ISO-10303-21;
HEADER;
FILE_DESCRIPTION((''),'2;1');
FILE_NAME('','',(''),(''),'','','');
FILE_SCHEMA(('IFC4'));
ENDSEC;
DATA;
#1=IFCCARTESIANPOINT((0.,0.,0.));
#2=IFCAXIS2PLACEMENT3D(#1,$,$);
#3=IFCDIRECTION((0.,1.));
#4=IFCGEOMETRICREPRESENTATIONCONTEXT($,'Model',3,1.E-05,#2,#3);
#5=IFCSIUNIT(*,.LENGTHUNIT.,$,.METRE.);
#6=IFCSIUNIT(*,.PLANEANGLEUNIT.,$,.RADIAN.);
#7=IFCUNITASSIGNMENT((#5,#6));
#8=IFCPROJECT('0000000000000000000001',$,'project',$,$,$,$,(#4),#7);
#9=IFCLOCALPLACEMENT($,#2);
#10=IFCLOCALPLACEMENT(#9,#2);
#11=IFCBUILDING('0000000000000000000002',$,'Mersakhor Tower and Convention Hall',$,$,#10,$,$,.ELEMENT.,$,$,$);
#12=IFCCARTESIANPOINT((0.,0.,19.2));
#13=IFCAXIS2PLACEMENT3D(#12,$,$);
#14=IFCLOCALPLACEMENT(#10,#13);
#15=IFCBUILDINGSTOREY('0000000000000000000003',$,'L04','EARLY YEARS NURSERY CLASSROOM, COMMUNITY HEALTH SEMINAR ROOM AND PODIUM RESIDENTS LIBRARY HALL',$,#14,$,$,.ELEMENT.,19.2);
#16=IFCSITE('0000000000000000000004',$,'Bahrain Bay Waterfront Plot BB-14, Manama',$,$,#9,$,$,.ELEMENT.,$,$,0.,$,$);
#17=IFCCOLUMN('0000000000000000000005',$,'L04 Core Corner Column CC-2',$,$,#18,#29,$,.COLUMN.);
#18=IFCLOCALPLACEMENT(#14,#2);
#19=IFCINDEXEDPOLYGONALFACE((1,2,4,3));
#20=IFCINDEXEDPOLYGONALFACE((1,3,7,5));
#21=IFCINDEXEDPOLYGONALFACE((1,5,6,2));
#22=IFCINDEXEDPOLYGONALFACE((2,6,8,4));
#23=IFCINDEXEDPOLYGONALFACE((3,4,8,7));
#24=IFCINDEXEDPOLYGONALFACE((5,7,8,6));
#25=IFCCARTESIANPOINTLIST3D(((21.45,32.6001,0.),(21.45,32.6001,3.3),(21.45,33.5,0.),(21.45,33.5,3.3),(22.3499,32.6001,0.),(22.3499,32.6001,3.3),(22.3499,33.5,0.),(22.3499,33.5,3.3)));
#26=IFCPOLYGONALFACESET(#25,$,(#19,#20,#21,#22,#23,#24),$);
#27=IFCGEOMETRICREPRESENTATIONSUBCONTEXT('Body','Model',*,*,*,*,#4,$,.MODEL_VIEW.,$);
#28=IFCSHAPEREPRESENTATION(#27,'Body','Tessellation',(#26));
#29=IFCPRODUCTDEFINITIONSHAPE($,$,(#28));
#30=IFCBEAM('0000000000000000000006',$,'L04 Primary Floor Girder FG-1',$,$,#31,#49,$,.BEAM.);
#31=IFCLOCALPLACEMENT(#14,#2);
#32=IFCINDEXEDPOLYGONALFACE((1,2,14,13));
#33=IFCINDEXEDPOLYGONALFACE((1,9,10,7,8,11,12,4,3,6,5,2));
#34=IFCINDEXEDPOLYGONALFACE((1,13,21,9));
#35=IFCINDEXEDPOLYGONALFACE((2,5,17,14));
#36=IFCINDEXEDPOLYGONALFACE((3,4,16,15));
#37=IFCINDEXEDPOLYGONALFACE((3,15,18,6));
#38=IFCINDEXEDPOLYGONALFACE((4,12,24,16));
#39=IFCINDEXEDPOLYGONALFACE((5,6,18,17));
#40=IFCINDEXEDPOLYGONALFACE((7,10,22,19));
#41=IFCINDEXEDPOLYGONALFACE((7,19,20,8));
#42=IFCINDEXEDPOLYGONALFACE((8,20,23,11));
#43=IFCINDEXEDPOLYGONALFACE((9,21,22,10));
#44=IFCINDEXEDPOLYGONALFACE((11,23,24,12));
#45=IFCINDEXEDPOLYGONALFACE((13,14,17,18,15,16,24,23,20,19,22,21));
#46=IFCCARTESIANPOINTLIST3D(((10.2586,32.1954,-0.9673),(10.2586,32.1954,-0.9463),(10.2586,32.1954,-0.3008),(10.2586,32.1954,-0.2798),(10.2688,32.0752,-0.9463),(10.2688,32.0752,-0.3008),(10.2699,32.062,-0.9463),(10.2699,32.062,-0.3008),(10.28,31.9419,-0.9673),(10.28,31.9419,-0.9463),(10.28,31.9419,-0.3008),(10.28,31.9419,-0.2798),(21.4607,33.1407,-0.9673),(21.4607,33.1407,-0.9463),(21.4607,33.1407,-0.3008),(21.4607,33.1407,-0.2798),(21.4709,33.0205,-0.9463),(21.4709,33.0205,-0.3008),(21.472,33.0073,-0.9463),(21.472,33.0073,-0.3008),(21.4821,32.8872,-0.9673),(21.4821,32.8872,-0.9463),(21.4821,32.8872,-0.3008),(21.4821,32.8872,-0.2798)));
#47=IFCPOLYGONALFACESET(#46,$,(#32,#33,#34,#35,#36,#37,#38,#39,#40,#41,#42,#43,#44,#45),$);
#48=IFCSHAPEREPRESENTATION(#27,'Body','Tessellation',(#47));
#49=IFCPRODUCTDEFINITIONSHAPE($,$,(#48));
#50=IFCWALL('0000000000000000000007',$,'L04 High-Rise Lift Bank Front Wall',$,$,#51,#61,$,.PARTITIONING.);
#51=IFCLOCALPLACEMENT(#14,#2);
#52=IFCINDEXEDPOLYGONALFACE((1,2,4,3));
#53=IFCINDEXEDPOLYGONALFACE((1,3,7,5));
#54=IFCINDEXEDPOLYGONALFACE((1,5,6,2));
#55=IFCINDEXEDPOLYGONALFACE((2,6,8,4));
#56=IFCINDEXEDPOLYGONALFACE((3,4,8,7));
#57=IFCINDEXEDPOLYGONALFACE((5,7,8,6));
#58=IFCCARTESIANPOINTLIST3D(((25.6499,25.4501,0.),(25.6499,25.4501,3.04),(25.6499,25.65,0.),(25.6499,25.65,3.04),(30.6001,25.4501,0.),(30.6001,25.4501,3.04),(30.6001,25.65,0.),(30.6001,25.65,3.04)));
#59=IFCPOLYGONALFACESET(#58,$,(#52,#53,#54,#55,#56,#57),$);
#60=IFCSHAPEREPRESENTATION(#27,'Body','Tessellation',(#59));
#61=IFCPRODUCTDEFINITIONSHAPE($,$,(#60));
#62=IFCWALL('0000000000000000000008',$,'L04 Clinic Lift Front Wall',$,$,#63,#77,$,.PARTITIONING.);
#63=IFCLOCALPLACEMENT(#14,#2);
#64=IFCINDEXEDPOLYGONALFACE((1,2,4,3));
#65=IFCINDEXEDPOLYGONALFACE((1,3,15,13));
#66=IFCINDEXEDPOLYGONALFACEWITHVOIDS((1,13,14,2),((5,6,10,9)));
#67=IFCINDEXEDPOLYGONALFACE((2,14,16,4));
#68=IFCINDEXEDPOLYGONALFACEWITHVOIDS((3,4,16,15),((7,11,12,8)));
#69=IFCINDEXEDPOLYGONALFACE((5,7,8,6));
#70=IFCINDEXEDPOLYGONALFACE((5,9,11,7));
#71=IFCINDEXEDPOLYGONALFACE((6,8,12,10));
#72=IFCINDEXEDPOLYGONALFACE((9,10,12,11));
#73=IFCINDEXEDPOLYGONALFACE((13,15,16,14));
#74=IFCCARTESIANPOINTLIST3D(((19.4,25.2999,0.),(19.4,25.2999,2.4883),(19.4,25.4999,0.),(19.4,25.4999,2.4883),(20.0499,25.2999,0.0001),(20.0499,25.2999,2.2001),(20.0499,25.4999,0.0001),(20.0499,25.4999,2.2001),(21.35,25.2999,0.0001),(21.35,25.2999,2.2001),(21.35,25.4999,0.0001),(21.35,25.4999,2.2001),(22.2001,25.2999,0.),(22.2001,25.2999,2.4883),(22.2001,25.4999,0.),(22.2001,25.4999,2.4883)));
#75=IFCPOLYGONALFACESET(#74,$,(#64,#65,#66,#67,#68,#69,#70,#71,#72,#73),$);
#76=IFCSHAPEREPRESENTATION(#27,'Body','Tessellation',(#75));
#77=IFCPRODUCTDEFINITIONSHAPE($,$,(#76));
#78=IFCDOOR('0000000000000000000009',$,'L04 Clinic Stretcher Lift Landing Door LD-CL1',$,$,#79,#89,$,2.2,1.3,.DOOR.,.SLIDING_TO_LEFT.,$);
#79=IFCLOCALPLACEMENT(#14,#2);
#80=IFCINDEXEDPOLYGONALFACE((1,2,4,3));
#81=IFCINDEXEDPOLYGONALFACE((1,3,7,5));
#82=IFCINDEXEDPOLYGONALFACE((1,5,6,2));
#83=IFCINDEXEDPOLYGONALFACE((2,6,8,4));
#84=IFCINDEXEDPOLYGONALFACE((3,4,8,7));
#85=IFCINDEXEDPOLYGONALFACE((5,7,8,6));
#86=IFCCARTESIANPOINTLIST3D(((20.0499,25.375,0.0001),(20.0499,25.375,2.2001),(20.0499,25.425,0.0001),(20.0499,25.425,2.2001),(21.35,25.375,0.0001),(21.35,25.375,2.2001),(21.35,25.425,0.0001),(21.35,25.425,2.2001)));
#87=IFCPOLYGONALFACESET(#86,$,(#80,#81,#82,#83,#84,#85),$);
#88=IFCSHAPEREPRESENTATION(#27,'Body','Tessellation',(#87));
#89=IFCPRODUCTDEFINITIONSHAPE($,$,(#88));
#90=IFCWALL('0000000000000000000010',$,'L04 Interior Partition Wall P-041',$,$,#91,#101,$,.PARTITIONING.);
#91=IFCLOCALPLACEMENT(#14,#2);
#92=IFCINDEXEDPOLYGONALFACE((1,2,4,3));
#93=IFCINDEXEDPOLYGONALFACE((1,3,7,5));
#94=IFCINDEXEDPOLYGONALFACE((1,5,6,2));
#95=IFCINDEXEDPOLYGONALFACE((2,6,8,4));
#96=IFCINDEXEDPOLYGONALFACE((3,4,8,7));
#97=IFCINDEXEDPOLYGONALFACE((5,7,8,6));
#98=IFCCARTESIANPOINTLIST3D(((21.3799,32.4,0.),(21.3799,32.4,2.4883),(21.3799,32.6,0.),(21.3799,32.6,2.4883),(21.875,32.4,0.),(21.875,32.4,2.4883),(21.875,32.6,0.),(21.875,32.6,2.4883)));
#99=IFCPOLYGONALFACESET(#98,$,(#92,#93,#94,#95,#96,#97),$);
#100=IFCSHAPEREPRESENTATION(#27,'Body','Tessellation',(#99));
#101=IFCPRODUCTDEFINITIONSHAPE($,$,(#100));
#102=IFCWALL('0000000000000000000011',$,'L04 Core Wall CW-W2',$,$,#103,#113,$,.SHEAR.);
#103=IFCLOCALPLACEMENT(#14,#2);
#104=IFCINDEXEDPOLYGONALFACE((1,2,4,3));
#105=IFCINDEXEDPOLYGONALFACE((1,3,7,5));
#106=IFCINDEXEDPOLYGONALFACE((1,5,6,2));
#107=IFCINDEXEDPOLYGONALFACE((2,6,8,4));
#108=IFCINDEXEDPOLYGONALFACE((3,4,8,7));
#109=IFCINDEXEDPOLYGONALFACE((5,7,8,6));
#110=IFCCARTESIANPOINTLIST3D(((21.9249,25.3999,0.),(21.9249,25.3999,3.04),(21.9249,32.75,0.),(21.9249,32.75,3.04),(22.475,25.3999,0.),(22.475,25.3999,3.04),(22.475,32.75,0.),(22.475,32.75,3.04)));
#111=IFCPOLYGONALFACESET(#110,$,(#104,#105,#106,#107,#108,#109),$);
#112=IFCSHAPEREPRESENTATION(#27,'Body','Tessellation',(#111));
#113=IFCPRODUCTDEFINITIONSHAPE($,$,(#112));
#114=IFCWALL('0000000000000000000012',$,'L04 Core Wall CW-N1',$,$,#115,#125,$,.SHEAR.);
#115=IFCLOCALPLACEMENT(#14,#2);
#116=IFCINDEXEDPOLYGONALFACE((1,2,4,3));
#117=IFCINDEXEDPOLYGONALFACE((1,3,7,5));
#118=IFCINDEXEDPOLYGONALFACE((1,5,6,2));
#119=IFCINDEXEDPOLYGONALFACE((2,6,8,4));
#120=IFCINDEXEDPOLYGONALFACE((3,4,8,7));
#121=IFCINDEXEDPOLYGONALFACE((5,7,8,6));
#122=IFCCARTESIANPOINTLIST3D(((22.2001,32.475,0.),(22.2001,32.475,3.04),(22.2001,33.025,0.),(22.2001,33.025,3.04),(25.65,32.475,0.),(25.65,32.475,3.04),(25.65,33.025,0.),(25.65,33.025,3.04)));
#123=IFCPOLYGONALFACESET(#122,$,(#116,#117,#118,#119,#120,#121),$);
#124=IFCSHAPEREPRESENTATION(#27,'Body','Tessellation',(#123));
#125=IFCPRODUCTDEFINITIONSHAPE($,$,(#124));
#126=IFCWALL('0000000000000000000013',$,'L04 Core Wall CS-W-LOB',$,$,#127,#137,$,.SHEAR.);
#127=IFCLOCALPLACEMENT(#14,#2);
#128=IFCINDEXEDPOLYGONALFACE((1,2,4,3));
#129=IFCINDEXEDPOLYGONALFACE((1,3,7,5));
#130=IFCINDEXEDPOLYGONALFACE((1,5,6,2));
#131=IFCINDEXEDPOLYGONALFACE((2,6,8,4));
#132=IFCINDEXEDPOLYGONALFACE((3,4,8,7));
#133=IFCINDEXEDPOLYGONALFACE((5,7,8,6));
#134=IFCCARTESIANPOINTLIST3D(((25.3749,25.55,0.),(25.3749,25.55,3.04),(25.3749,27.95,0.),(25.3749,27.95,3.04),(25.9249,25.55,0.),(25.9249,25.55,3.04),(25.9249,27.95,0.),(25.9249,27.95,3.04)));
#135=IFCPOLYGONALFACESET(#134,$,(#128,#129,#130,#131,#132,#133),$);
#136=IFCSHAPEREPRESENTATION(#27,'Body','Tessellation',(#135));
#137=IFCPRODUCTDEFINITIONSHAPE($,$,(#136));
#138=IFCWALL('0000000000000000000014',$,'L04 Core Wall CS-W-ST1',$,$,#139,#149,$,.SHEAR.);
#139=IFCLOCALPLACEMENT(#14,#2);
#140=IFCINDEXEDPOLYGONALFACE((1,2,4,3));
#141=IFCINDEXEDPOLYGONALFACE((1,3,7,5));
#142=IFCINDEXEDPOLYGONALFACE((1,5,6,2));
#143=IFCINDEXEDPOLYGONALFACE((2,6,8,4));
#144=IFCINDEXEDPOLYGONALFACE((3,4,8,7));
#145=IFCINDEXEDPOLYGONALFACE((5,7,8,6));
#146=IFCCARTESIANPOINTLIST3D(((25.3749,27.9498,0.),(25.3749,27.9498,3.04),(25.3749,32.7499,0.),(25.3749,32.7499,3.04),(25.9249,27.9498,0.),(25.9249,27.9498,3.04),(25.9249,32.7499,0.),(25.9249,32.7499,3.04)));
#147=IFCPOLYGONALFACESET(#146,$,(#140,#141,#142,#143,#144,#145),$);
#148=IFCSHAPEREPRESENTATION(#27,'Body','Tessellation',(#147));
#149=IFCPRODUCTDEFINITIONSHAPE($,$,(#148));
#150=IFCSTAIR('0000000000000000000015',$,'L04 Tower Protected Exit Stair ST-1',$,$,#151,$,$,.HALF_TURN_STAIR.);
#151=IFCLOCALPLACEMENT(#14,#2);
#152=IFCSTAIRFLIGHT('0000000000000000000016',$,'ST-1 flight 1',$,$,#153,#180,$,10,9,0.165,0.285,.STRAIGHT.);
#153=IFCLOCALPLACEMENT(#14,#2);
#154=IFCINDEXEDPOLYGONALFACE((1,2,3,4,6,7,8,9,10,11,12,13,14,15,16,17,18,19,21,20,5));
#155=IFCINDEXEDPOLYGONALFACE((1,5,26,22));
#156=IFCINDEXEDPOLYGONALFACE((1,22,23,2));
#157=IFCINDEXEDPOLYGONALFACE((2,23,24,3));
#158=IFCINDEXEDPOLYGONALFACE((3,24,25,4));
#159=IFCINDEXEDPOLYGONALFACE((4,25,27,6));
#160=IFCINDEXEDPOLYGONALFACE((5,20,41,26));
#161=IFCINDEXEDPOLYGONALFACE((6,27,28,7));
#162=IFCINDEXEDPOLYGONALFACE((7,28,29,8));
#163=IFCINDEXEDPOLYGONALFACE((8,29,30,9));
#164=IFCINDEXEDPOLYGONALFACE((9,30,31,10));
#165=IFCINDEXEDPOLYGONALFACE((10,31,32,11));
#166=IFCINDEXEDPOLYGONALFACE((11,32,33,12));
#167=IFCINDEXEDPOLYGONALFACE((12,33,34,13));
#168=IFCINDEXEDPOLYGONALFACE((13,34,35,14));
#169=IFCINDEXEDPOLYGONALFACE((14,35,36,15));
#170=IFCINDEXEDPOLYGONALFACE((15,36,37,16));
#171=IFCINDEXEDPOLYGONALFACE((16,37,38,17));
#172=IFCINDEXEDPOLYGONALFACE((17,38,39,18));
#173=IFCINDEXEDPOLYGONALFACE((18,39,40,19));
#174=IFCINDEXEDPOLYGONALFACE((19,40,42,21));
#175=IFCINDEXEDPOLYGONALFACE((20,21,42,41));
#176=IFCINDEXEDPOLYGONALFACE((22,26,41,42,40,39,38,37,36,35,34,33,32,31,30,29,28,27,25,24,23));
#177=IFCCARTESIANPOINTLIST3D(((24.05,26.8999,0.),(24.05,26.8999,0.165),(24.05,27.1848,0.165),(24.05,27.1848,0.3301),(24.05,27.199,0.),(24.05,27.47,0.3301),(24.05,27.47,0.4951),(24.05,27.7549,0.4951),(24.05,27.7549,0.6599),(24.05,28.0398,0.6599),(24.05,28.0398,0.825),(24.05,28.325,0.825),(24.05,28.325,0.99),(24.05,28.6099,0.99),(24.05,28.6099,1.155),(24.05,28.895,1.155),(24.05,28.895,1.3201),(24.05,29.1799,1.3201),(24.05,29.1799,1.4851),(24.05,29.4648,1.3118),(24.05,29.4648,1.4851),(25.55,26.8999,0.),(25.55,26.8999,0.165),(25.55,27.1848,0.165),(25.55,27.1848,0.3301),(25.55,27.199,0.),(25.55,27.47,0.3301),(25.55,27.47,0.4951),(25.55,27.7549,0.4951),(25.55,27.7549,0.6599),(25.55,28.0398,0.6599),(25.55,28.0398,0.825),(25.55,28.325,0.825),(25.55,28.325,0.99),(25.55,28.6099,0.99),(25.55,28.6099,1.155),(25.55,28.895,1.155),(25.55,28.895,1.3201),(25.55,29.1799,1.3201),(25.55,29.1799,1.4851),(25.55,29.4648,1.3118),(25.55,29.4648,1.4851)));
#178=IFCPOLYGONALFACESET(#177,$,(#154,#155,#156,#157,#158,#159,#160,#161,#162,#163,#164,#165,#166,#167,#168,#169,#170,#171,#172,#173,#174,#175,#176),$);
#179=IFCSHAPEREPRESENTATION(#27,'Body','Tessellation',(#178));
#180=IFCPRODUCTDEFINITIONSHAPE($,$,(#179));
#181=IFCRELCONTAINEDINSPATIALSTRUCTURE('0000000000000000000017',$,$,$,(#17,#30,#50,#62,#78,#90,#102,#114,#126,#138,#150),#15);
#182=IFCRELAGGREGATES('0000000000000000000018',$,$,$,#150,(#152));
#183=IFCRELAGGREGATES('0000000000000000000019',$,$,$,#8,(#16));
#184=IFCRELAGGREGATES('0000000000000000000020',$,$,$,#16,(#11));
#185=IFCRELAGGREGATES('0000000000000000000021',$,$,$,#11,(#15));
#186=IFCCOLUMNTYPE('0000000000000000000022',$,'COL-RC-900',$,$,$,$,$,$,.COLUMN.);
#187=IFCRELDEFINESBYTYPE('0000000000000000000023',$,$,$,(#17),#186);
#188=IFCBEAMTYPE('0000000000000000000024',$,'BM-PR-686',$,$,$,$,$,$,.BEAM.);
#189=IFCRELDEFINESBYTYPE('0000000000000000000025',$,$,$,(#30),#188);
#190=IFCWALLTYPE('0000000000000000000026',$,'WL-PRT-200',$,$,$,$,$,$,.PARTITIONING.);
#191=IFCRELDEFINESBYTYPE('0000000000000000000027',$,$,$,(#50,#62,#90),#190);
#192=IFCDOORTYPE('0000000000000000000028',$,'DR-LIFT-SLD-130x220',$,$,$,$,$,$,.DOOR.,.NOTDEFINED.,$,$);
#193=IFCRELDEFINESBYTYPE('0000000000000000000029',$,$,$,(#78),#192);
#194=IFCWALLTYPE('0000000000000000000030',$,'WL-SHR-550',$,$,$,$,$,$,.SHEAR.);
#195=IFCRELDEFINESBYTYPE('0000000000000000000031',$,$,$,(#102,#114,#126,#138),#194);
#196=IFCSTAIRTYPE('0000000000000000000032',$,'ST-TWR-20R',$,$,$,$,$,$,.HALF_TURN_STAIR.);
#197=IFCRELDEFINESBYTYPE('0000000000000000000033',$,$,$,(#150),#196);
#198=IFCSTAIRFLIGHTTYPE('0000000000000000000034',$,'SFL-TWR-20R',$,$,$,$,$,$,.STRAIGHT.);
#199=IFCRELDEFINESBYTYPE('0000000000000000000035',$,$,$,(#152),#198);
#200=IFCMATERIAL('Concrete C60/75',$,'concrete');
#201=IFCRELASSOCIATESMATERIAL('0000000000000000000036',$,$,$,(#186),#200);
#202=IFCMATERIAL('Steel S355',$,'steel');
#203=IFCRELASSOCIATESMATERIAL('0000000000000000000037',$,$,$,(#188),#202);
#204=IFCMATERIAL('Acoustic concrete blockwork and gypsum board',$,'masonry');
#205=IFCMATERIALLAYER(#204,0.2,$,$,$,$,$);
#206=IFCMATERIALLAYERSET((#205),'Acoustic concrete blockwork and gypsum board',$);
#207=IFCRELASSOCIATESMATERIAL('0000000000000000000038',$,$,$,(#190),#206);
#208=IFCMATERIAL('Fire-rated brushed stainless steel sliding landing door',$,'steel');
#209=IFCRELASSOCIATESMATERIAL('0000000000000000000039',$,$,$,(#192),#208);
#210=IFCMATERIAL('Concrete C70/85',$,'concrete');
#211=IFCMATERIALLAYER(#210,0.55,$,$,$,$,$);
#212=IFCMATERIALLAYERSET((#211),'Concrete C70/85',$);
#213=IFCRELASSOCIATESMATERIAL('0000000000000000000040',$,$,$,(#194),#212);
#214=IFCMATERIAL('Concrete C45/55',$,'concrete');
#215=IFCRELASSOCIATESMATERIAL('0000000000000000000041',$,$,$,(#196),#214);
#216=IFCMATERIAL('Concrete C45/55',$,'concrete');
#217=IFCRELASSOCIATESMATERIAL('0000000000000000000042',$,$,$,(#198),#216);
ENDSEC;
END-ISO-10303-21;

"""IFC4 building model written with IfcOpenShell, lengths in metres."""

from ifc_helpers import new_model, si_unit, direction, frame, frame_2d, origin, origin_2d, place, context, subcontext, project, spatial, polyline, rectangle, i_section, outline, extrude, material, layer, layer_set, material_profile, profile_set, type_object, element, fill, aggregate, save


model = new_model("IFC4")

# Units and contexts
model_context = context("Model", 3, precision=1e-05, world=origin(), true_north=direction((0.0, 1.0)))
body_context = subcontext(model_context, "Body", "Model", "MODEL_VIEW")
ifc_project = project(units=[si_unit("LENGTHUNIT", "METRE"), si_unit("PLANEANGLEUNIT", "RADIAN")], contexts=[model_context])

# Site, building, storey
site_placement = place(None, origin())
site = spatial("IfcSite", under=ifc_project, at=site_placement, Name="Bahrain Bay Waterfront Plot BB-14, Manama", CompositionType="ELEMENT", RefElevation=0.0)
building_placement = place(site_placement, origin())
building = spatial("IfcBuilding", under=site, at=building_placement, Name="Mersakhor Tower and Convention Hall", CompositionType="ELEMENT")
storey_placement = place(building_placement, frame((0.0, 0.0, 19.2)))
storey = spatial("IfcBuildingStorey", under=building, at=storey_placement, Name="L04", Description="EARLY YEARS NURSERY CLASSROOM, COMMUNITY HEALTH SEMINAR ROOM AND PODIUM RESIDENTS LIBRARY HALL", CompositionType="ELEMENT", Elevation=19.2)

# Column
ifc_material_1 = material(Name="Concrete C60/75", Category="concrete")
ifc_material_profile_1 = material_profile(ifc_material_1, rectangle(XDim=0.8999, YDim=0.8999, at=origin_2d()), Name="RC 900x900")
ifc_profile_set_1 = profile_set([ifc_material_profile_1], Name="Concrete C60/75")
column_type = type_object("IfcColumnType", Name="COL-RC-900", PredefinedType="COLUMN", material=ifc_profile_set_1)
column_placement = place(storey_placement, frame((21.8999, 33.05, 0.0), z_axis=(0.0, 0.0, 1.0), x_axis=(1.0, 0.0, 0.0)))
element("IfcColumn", 1, at=column_placement, inside=storey, type_object=column_type, Name="L04 Core Corner Column CC-2", PredefinedType="COLUMN", context=body_context, shape_type="SweptSolid", body=[
    extrude(rectangle(XDim=0.8999, YDim=0.8999, at=origin_2d()), origin(), (0.0, 0.0, 1.0), 3.3),
])

# Beam
ifc_material_2 = material(Name="Steel S355", Category="steel")
ifc_material_profile_2 = material_profile(ifc_material_2, i_section(OverallWidth=0.2544, OverallDepth=0.6875, WebThickness=0.0132, FlangeThickness=0.021, at=origin_2d()), Name="UB 686x254x152")
ifc_profile_set_2 = profile_set([ifc_material_profile_2], Name="Steel S355")
beam_type = type_object("IfcBeamType", Name="BM-PR-686", PredefinedType="BEAM", material=ifc_profile_set_2)
beam_placement = place(storey_placement, frame((21.4714, 33.0139, -0.6235), z_axis=(-0.996458, -0.084088, 0.0), x_axis=(0.084088, -0.996458, 0.0)))
element("IfcBeam", 2, at=beam_placement, inside=storey, type_object=beam_type, Name="L04 Primary Floor Girder FG-1", PredefinedType="BEAM", context=body_context, shape_type="SweptSolid", body=[
    extrude(i_section(OverallWidth=0.2544, OverallDepth=0.6875, WebThickness=0.0132, FlangeThickness=0.021, at=origin_2d()), origin(), (0.0, 0.0, 1.0), 11.2419),
])

# Wall
ifc_material_3 = material(Name="Acoustic concrete blockwork and gypsum board", Category="masonry")
ifc_layer_1 = layer(ifc_material_3, 0.2)
ifc_layer_set_1 = layer_set([ifc_layer_1], Name="Acoustic concrete blockwork and gypsum board")
wall_type_1 = type_object("IfcWallType", Name="WL-PRT-200", PredefinedType="PARTITIONING", material=ifc_layer_set_1)
wall_1_placement = place(storey_placement, frame((25.6499, 25.55, 0.0), z_axis=(0.0, 0.0, 1.0), x_axis=(1.0, 0.0, 0.0)))
element("IfcWall", 3, at=wall_1_placement, inside=storey, type_object=wall_type_1, Name="L04 High-Rise Lift Bank Front Wall", PredefinedType="PARTITIONING", context=body_context, shape_type="SweptSolid", body=[
    extrude(rectangle(XDim=4.9502, YDim=0.2, at=frame_2d((2.4751, 0.0))), origin(), (0.0, 0.0, 1.0), 3.04),
])

# Wall, opening, door
wall_2_placement = place(storey_placement, frame((22.2, 25.3999, 0.0), z_axis=(0.0, 0.0, 1.0), x_axis=(-1.0, 0.0, 0.0)))
wall_2 = element("IfcWall", 4, at=wall_2_placement, inside=storey, type_object=wall_type_1, Name="L04 Clinic Lift Front Wall", PredefinedType="PARTITIONING", context=body_context, shape_type="SweptSolid", body=[
    extrude(rectangle(XDim=2.8, YDim=0.2, at=frame_2d((1.3999, 0.0))), origin(), (0.0, 0.0, 1.0), 2.4883),
])
opening_1_placement = place(wall_2_placement, frame((0.8501, 0.0, 0.0)))
opening_1 = element("IfcOpeningElement", 5, at=opening_1_placement, cuts=wall_2, PredefinedType="OPENING", context=body_context, shape_type="SweptSolid", body=[
    extrude(rectangle(XDim=1.3, YDim=2.2, at=frame_2d((0.6499, 1.1001))), frame((0.0, 0.1099, 0.0), z_axis=(0.0, -1.0, 0.0), x_axis=(1.0, 0.0, 0.0)), (0.0, 0.0, 1.0), 0.22),
])
ifc_material_4 = material(Name="Fire-rated brushed stainless steel sliding landing door", Category="steel")
door_type_1 = type_object("IfcDoorType", Name="DR-LIFT-SLD-130x220", OperationType="NOTDEFINED", PredefinedType="DOOR", material=ifc_material_4)
door_1_placement = place(opening_1_placement, origin())
door_1 = element("IfcDoor", 6, at=door_1_placement, inside=storey, type_object=door_type_1, Name="L04 Clinic Stretcher Lift Landing Door LD-CL1", OperationType="SLIDING_TO_LEFT", OverallHeight=2.2, OverallWidth=1.3, PredefinedType="DOOR", context=body_context, shape_type="SweptSolid", body=[
    extrude(rectangle(XDim=1.3, YDim=2.2, at=frame_2d((0.6499, 1.1001))), frame((0.0, 0.0249, 0.0), z_axis=(0.0, -1.0, 0.0), x_axis=(1.0, 0.0, 0.0)), (0.0, 0.0, 1.0), 0.05),
])
fill(opening_1, door_1)

# Wall
wall_3_placement = place(storey_placement, frame((21.3799, 32.5, 0.0), z_axis=(0.0, 0.0, 1.0), x_axis=(1.0, 0.0, 0.0)))
element("IfcWall", 7, at=wall_3_placement, inside=storey, type_object=wall_type_1, Name="L04 Interior Partition Wall P-041", PredefinedType="PARTITIONING", context=body_context, shape_type="SweptSolid", body=[
    extrude(rectangle(XDim=0.4951, YDim=0.2, at=frame_2d((0.2476, 0.0))), origin(), (0.0, 0.0, 1.0), 2.4883),
])

# Walls
ifc_material_5 = material(Name="Concrete C70/85", Category="concrete")
ifc_layer_2 = layer(ifc_material_5, 0.55)
ifc_layer_set_2 = layer_set([ifc_layer_2], Name="Concrete C70/85")
wall_type_2 = type_object("IfcWallType", Name="WL-SHR-550", PredefinedType="SHEAR", material=ifc_layer_set_2)
wall_4_placement = place(storey_placement, frame((22.2, 25.3999, 0.0), z_axis=(0.0, 0.0, 1.0), x_axis=(0.0, 1.0, 0.0)))
element("IfcWall", 8, at=wall_4_placement, inside=storey, type_object=wall_type_2, Name="L04 Core Wall CW-W2", PredefinedType="SHEAR", context=body_context, shape_type="SweptSolid", body=[
    extrude(rectangle(XDim=7.3501, YDim=0.55, at=frame_2d((3.675, 0.0))), origin(), (0.0, 0.0, 1.0), 3.04),
])
wall_5_placement = place(storey_placement, frame((22.2, 32.75, 0.0), z_axis=(0.0, 0.0, 1.0), x_axis=(1.0, 0.0, 0.0)))
element("IfcWall", 9, at=wall_5_placement, inside=storey, type_object=wall_type_2, Name="L04 Core Wall CW-N1", PredefinedType="SHEAR", context=body_context, shape_type="SweptSolid", body=[
    extrude(rectangle(XDim=3.45, YDim=0.55, at=frame_2d((1.7251, 0.0))), origin(), (0.0, 0.0, 1.0), 3.04),
])

# Walls
wall_6_placement = place(storey_placement, frame((25.6499, 25.55, 0.0), z_axis=(0.0, 0.0, 1.0), x_axis=(0.0, 1.0, 0.0)))
element("IfcWall", 10, at=wall_6_placement, inside=storey, type_object=wall_type_2, Name="L04 Core Wall CS-W-LOB", PredefinedType="SHEAR", context=body_context, shape_type="SweptSolid", body=[
    extrude(rectangle(XDim=2.3999, YDim=0.55, at=frame_2d((1.2, 0.0))), origin(), (0.0, 0.0, 1.0), 3.04),
])
wall_7_placement = place(storey_placement, frame((25.6499, 27.95, 0.0), z_axis=(0.0, 0.0, 1.0), x_axis=(0.0, 1.0, 0.0)))
element("IfcWall", 11, at=wall_7_placement, inside=storey, type_object=wall_type_2, Name="L04 Core Wall CS-W-ST1", PredefinedType="SHEAR", context=body_context, shape_type="SweptSolid", body=[
    extrude(rectangle(XDim=4.8, YDim=0.55, at=frame_2d((2.3999, 0.0))), origin(), (0.0, 0.0, 1.0), 3.04),
])

# Stair, stair flight
ifc_material_6 = material(Name="Concrete C45/55", Category="concrete")
stair_type = type_object("IfcStairType", Name="ST-TWR-20R", PredefinedType="HALF_TURN_STAIR", material=ifc_material_6)
stair_placement = place(storey_placement, origin())
stair = element("IfcStair", 12, at=stair_placement, inside=storey, type_object=stair_type, Name="L04 Tower Protected Exit Stair ST-1", PredefinedType="HALF_TURN_STAIR")
ifc_material_7 = material(Name="Concrete C45/55", Category="concrete")
stair_flight_type = type_object("IfcStairFlightType", Name="SFL-TWR-20R", PredefinedType="STRAIGHT", material=ifc_material_7)
stair_flight_1_placement = place(storey_placement, frame((24.8, 26.8999, 0.0), z_axis=(0.0, 0.0, 1.0), x_axis=(0.0, 1.0, 0.0)))
stair_flight_1 = element("IfcStairFlight", 13, at=stair_flight_1_placement, type_object=stair_flight_type, Name="ST-1 flight 1", NumberOfRisers=10, NumberOfTreads=9, PredefinedType="STRAIGHT", RiserHeight=0.165, TreadLength=0.285, context=body_context, shape_type="SweptSolid", body=[
    extrude(outline(polyline([(0.0, 0.0), (0.0, 0.165), (0.2849, 0.165), (0.2849, 0.3301), (0.5701, 0.3301), (0.5701, 0.4951), (0.855, 0.4951), (0.855, 0.6599), (1.1399, 0.6599), (1.1399, 0.825), (1.425, 0.825), (1.425, 0.99), (1.71, 0.99), (1.71, 1.155), (1.9951, 1.155), (1.9951, 1.3201), (2.28, 1.3201), (2.28, 1.4851), (2.5649, 1.4851), (2.5649, 1.6499), (2.5649, 1.3118), (0.2991, 0.0), (0.0, 0.0)])), frame((0.0, 0.75, 0.0), z_axis=(0.0, -1.0, 0.0), x_axis=(1.0, 0.0, 0.0)), (0.0, 0.0, 1.0), 1.5),
])
aggregate(stair, [stair_flight_1])

save(model, "model.ifc")
